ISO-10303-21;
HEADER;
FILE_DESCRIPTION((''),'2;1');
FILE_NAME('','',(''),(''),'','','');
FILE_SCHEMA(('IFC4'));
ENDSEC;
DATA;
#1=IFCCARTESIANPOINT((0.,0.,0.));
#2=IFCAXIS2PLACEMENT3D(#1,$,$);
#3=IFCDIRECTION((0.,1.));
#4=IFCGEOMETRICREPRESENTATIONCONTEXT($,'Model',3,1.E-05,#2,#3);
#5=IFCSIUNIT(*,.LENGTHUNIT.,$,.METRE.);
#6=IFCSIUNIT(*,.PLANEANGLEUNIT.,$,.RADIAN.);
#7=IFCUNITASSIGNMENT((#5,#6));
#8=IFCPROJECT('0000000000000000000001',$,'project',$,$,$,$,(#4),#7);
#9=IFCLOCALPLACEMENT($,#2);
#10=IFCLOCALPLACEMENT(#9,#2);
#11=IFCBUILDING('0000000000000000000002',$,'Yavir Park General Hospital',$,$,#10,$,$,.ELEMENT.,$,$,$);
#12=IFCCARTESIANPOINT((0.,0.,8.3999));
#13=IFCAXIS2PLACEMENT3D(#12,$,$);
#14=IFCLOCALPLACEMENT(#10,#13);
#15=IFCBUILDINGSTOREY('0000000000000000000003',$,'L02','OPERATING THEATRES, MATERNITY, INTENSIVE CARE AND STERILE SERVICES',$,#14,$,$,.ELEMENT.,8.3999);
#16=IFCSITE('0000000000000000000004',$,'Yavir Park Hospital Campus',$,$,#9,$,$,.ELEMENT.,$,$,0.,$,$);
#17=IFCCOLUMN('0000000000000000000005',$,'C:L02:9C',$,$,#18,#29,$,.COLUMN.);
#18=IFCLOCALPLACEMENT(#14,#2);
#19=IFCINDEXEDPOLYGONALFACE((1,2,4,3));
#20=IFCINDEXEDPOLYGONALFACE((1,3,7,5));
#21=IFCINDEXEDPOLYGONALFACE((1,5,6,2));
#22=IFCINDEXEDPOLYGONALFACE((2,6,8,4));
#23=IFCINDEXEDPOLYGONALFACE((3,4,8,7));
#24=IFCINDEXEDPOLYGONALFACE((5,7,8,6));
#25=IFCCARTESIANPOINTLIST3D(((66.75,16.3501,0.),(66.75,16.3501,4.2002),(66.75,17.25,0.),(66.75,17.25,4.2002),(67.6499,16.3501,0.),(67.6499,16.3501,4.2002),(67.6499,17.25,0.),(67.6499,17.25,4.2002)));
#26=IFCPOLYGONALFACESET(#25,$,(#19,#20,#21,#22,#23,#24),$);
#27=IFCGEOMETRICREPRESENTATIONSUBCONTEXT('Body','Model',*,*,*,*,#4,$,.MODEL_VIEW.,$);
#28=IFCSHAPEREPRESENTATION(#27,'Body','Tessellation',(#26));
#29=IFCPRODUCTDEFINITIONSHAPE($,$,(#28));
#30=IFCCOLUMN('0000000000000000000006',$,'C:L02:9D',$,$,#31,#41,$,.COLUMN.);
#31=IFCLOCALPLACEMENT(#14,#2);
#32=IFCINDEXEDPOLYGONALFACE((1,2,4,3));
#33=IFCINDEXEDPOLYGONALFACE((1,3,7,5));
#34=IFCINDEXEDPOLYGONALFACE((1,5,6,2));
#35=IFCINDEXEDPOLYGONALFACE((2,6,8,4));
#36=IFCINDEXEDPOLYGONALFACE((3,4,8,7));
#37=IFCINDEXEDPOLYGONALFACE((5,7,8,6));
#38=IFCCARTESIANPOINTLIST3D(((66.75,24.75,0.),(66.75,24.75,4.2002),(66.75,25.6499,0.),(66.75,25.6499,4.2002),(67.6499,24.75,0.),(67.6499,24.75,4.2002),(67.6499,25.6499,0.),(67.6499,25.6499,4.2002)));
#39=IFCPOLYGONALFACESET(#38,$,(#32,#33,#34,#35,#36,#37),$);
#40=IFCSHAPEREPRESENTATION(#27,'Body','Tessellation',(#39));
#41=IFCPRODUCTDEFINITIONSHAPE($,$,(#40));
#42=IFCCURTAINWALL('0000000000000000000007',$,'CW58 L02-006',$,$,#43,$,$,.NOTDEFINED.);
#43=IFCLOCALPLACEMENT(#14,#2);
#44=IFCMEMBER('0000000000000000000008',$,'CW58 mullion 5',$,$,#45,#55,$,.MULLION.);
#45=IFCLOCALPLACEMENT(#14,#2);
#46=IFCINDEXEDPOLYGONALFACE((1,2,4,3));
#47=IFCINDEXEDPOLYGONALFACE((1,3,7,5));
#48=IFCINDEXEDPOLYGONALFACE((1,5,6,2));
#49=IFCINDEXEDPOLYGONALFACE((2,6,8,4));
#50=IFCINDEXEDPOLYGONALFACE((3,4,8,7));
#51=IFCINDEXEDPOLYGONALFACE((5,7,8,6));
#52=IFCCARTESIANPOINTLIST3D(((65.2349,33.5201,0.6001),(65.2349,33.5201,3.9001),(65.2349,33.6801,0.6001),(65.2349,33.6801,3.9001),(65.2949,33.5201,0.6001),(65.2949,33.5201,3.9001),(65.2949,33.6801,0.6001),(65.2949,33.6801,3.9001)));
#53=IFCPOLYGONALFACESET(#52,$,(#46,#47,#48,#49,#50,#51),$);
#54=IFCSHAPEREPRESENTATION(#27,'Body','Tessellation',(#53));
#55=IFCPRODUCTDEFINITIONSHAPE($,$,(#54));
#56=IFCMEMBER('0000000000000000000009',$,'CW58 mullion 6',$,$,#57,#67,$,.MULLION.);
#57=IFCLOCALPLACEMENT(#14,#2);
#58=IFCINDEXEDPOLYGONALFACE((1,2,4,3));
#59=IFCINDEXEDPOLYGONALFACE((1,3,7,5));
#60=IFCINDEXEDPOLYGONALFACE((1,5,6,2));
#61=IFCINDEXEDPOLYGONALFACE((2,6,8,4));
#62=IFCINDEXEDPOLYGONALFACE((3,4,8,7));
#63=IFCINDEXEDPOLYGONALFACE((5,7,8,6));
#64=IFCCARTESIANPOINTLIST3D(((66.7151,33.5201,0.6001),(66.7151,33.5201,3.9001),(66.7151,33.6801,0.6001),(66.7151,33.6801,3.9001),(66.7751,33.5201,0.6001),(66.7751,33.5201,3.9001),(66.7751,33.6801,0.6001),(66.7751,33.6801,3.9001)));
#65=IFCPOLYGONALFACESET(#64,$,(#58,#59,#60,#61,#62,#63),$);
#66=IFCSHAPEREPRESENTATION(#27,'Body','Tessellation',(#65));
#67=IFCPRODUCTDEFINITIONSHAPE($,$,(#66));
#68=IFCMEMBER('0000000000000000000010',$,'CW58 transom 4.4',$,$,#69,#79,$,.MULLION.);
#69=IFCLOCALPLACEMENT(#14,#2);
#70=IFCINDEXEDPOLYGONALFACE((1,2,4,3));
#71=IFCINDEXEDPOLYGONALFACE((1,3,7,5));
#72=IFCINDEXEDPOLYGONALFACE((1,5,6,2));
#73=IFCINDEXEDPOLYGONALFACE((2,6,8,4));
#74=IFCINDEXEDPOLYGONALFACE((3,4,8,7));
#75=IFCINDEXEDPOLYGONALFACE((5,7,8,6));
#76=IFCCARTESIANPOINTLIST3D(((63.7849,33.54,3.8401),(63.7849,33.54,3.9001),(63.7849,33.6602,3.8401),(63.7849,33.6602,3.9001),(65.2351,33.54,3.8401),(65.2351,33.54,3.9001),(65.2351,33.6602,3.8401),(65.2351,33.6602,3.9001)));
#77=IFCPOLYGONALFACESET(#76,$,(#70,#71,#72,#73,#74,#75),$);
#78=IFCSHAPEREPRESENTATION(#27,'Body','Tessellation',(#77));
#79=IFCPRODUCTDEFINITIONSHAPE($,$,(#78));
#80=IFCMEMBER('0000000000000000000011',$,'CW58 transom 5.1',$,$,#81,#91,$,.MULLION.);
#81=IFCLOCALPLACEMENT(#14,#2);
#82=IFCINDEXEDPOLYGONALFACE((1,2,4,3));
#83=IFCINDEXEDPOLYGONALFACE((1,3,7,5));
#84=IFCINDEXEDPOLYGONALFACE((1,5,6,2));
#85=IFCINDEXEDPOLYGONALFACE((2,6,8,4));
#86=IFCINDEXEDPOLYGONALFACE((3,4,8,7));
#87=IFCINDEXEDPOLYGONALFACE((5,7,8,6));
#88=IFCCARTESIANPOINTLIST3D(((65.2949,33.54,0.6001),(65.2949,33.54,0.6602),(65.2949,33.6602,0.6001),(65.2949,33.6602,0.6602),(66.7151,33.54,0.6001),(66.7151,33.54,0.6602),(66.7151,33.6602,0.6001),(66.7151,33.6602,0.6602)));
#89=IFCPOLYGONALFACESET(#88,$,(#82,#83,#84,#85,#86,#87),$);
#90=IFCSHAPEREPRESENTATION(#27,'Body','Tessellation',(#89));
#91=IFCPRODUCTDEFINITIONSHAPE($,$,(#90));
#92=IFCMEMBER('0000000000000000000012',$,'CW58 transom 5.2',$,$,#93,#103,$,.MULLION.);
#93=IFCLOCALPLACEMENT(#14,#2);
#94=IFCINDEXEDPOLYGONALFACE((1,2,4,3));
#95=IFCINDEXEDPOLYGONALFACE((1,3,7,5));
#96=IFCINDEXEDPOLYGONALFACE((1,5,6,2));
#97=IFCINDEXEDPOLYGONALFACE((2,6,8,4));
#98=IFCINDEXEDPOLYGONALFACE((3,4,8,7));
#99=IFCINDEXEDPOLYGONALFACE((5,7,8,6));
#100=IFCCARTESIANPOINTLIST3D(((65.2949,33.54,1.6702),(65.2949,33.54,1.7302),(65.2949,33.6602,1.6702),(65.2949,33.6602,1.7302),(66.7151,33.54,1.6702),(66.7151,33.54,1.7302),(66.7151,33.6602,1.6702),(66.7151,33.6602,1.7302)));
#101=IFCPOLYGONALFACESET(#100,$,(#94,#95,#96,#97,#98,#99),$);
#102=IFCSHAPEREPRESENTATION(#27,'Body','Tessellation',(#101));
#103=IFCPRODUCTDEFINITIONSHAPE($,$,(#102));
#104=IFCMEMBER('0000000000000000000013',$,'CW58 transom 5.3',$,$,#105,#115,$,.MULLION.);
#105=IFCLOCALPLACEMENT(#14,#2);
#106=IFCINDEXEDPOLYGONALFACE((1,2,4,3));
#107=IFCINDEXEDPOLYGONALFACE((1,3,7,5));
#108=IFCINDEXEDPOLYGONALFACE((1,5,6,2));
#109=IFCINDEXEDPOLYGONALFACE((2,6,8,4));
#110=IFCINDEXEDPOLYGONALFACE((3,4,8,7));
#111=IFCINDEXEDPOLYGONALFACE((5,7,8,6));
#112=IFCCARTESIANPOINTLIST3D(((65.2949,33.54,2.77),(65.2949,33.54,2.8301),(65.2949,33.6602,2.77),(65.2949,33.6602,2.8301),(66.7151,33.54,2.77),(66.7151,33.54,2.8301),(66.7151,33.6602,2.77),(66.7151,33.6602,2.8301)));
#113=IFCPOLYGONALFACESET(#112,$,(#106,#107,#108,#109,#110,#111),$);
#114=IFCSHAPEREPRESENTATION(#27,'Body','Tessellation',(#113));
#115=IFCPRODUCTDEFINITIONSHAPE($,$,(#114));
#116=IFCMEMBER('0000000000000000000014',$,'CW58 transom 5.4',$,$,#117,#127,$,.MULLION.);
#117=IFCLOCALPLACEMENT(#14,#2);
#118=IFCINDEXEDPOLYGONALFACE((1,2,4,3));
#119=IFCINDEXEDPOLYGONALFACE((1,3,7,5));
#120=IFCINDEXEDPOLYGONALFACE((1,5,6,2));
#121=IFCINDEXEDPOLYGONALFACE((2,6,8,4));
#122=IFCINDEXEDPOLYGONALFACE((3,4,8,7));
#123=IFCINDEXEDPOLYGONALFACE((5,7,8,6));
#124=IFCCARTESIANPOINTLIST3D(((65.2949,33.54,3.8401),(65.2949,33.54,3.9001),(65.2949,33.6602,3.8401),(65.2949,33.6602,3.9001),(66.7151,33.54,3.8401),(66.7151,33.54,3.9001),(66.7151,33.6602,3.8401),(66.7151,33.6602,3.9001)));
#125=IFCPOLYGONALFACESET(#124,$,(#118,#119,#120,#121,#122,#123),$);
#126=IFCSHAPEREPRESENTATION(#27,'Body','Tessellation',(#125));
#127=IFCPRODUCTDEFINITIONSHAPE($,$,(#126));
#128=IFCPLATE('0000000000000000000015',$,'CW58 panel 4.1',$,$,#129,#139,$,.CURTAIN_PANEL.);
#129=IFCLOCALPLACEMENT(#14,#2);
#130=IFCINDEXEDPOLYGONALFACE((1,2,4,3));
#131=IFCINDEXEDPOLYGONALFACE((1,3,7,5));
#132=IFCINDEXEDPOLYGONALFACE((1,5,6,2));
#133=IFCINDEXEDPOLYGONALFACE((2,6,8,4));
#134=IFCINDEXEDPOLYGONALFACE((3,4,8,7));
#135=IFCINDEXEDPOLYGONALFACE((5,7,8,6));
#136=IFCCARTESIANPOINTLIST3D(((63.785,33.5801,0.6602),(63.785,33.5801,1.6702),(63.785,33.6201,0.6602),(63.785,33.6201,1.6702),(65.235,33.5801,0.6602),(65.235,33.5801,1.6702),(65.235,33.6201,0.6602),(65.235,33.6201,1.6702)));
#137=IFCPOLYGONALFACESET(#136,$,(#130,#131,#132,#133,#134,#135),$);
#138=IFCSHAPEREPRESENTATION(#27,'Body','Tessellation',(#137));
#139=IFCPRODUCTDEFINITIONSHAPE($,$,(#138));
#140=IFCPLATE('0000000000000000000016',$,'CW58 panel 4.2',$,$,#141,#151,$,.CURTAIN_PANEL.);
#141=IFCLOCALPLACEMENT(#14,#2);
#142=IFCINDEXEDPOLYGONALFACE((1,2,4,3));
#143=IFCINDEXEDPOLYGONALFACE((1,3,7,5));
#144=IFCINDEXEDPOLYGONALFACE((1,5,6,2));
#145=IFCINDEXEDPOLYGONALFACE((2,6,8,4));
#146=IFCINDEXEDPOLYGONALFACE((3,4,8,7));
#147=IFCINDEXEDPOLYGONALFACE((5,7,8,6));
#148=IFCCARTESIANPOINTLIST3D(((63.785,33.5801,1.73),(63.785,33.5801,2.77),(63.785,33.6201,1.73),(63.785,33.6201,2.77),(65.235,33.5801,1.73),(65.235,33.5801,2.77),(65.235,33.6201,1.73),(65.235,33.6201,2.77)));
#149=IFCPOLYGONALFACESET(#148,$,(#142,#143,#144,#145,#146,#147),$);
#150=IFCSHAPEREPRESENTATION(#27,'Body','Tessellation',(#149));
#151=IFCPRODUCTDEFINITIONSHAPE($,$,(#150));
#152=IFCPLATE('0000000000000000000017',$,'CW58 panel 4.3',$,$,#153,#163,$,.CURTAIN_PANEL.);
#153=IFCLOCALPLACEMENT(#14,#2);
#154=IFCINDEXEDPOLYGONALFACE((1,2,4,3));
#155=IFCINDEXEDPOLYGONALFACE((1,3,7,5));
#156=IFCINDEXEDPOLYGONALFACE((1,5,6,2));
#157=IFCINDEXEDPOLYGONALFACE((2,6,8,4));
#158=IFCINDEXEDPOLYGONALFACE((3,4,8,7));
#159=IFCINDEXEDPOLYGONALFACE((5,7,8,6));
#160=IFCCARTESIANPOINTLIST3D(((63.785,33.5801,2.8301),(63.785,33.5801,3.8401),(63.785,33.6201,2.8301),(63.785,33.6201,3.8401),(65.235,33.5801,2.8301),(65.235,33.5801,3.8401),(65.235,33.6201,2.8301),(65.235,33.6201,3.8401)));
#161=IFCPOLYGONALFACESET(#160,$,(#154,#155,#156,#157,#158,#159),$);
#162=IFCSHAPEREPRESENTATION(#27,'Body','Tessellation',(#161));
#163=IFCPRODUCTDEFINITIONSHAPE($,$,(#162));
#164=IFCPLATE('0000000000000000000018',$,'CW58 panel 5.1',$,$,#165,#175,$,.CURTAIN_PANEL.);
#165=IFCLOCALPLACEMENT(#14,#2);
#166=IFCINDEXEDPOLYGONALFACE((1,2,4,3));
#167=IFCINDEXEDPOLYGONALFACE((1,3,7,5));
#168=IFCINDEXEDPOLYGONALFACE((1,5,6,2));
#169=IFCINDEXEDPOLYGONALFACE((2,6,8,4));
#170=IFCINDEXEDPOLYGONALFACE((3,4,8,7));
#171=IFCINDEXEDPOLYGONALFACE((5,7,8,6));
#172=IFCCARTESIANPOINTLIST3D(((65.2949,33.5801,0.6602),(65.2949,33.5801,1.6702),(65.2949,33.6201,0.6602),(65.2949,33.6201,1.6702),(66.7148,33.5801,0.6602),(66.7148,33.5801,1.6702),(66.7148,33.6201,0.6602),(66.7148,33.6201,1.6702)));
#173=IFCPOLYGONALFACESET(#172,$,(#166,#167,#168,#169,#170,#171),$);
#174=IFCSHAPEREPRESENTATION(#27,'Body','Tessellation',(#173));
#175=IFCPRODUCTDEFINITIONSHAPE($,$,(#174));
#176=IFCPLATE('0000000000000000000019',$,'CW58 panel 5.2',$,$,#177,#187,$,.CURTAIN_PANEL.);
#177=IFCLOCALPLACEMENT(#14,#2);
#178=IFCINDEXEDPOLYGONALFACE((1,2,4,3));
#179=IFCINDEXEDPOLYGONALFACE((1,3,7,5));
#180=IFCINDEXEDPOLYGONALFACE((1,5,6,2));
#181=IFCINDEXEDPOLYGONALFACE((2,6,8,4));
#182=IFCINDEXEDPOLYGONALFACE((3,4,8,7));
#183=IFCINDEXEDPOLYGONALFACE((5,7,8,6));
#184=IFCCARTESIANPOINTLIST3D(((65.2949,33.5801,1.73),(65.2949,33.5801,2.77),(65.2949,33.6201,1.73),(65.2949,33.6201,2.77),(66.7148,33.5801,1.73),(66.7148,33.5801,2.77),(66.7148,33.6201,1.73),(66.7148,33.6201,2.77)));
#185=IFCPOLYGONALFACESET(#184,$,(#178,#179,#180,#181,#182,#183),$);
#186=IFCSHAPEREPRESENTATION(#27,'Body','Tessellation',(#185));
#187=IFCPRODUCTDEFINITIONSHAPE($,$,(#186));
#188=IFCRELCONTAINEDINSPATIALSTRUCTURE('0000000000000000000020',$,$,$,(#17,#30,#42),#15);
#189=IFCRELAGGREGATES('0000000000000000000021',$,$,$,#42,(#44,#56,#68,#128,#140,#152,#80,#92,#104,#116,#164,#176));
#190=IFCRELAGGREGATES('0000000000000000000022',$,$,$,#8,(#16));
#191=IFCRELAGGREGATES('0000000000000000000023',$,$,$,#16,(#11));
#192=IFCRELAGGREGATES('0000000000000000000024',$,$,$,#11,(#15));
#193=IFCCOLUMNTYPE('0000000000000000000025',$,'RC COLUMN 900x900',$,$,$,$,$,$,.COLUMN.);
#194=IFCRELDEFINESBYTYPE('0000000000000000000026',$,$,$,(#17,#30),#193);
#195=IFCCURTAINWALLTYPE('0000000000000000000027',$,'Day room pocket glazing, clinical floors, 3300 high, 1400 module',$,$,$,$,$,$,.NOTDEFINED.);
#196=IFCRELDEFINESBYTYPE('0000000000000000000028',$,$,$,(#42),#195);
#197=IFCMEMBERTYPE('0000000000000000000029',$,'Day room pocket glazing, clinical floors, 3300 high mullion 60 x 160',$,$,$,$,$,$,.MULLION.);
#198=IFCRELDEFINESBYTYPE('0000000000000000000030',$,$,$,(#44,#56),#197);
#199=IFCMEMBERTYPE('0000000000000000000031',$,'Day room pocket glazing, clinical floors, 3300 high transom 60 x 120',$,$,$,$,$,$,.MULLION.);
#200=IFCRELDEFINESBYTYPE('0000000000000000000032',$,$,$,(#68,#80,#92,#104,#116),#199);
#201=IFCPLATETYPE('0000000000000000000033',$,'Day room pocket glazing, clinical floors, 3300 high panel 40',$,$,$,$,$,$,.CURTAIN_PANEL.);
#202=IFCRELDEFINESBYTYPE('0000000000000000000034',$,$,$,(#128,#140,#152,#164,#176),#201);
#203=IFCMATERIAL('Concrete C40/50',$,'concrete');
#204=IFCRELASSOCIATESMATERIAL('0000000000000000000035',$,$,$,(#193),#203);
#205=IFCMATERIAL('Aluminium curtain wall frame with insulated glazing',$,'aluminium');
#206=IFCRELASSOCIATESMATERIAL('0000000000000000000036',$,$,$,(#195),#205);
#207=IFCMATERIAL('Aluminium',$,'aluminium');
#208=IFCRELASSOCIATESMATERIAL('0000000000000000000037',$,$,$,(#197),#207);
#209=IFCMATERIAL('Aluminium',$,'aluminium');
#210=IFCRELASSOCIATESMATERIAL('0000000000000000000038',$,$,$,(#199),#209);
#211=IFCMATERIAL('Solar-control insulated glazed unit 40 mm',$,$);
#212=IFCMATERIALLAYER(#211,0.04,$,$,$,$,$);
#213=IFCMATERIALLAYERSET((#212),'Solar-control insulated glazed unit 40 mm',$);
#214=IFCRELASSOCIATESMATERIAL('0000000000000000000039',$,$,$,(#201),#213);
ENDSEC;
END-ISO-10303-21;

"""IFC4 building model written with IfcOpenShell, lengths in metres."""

from ifc_helpers import new_model, si_unit, direction, frame, origin, origin_2d, place, context, subcontext, project, spatial, rectangle, extrude, material, layer, layer_set, material_profile, profile_set, type_object, element, aggregate, save


model = new_model("IFC4")

# Units and contexts
model_context = context("Model", 3, precision=1e-05, world=origin(), true_north=direction((0.0, 1.0)))
body_context = subcontext(model_context, "Body", "Model", "MODEL_VIEW")
ifc_project = project(units=[si_unit("LENGTHUNIT", "METRE"), si_unit("PLANEANGLEUNIT", "RADIAN")], contexts=[model_context])

# Site, building, storey
site_placement = place(None, origin())
site = spatial("IfcSite", under=ifc_project, at=site_placement, Name="Yavir Park Hospital Campus", CompositionType="ELEMENT", RefElevation=0.0)
building_placement = place(site_placement, origin())
building = spatial("IfcBuilding", under=site, at=building_placement, Name="Yavir Park General Hospital", CompositionType="ELEMENT")
storey_placement = place(building_placement, frame((0.0, 0.0, 8.3999)))
storey = spatial("IfcBuildingStorey", under=building, at=storey_placement, Name="L02", Description="OPERATING THEATRES, MATERNITY, INTENSIVE CARE AND STERILE SERVICES", CompositionType="ELEMENT", Elevation=8.3999)

# Columns
ifc_material_1 = material(Name="Concrete C40/50", Category="concrete")
ifc_material_profile_1 = material_profile(ifc_material_1, rectangle(XDim=0.8999, YDim=0.8999, at=origin_2d()), Name="RC900x900")
ifc_profile_set_1 = profile_set([ifc_material_profile_1], Name="Concrete C40/50")
column_type = type_object("IfcColumnType", Name="RC COLUMN 900x900", PredefinedType="COLUMN", material=ifc_profile_set_1)
for number, where, z_axis, x_axis, name in (
    (1, (67.2, 16.8, 0.0), (0.0, 0.0, 1.0), (1.0, 0.0, 0.0), "C:L02:9C"),
    (2, (67.2, 25.2, 0.0), (0.0, 0.0, 1.0), (1.0, 0.0, 0.0), "C:L02:9D"),
):
    element("IfcColumn", number, at=place(storey_placement, frame(where, z_axis=z_axis, x_axis=x_axis)), inside=storey, type_object=column_type, Name=name, PredefinedType="COLUMN", context=body_context, shape_type="SweptSolid", body=[
        extrude(rectangle(XDim=0.8999, YDim=0.8999, at=origin_2d()), origin(), (0.0, 0.0, 1.0), 4.2002),
    ])

# Curtain wall, members, plates
ifc_material_2 = material(Name="Aluminium curtain wall frame with insulated glazing", Category="aluminium")
curtain_wall_type = type_object("IfcCurtainWallType", Name="Day room pocket glazing, clinical floors, 3300 high, 1400 module", PredefinedType="NOTDEFINED", material=ifc_material_2)
curtain_wall_placement = place(storey_placement, origin())
curtain_wall = element("IfcCurtainWall", 3, at=curtain_wall_placement, inside=storey, type_object=curtain_wall_type, Name="CW58 L02-006", PredefinedType="NOTDEFINED")
ifc_material_3 = material(Name="Aluminium", Category="aluminium")
ifc_material_profile_2 = material_profile(ifc_material_3, rectangle(XDim=0.1599, YDim=0.0601, at=origin_2d()), Name="AL 60x160")
ifc_profile_set_2 = profile_set([ifc_material_profile_2], Name="Aluminium")
member_type_1 = type_object("IfcMemberType", Name="Day room pocket glazing, clinical floors, 3300 high mullion 60 x 160", PredefinedType="MULLION", material=ifc_profile_set_2)
member_1_placement = place(storey_placement, frame((65.2649, 33.6001, 0.6001), z_axis=(0.0, 0.0, 1.0), x_axis=(0.0, 1.0, 0.0)))
member_1 = element("IfcMember", 4, at=member_1_placement, type_object=member_type_1, Name="CW58 mullion 5", PredefinedType="MULLION", context=body_context, shape_type="SweptSolid", body=[
    extrude(rectangle(XDim=0.1599, YDim=0.0601, at=origin_2d()), origin(), (0.0, 0.0, 1.0), 3.3),
])
member_2_placement = place(storey_placement, frame((66.7451, 33.6001, 0.6001), z_axis=(0.0, 0.0, 1.0), x_axis=(0.0, 1.0, 0.0)))
member_2 = element("IfcMember", 5, at=member_2_placement, type_object=member_type_1, Name="CW58 mullion 6", PredefinedType="MULLION", context=body_context, shape_type="SweptSolid", body=[
    extrude(rectangle(XDim=0.1599, YDim=0.0601, at=origin_2d()), origin(), (0.0, 0.0, 1.0), 3.3),
])
ifc_material_4 = material(Name="Aluminium", Category="aluminium")
ifc_material_profile_3 = material_profile(ifc_material_4, rectangle(XDim=0.1201, YDim=0.0601, at=origin_2d()), Name="AL 120x60")
ifc_profile_set_3 = profile_set([ifc_material_profile_3], Name="Aluminium")
member_type_2 = type_object("IfcMemberType", Name="Day room pocket glazing, clinical floors, 3300 high transom 60 x 120", PredefinedType="MULLION", material=ifc_profile_set_3)
member_3_placement = place(storey_placement, frame((63.7849, 33.6001, 3.8701), z_axis=(1.0, 0.0, 0.0), x_axis=(0.0, 1.0, 0.0)))
member_3 = element("IfcMember", 6, at=member_3_placement, type_object=member_type_2, Name="CW58 transom 4.4", PredefinedType="MULLION", context=body_context, shape_type="SweptSolid", body=[
    extrude(rectangle(XDim=0.1201, YDim=0.0601, at=origin_2d()), origin(), (0.0, 0.0, 1.0), 1.4502),
])
member_4_placement = place(storey_placement, frame((65.2949, 33.6001, 0.6301), z_axis=(1.0, 0.0, 0.0), x_axis=(0.0, 1.0, 0.0)))
member_4 = element("IfcMember", 7, at=member_4_placement, type_object=member_type_2, Name="CW58 transom 5.1", PredefinedType="MULLION", context=body_context, shape_type="SweptSolid", body=[
    extrude(rectangle(XDim=0.1201, YDim=0.0601, at=origin_2d()), origin(), (0.0, 0.0, 1.0), 1.4202),
])
member_5_placement = place(storey_placement, frame((65.2949, 33.6001, 1.7002), z_axis=(1.0, 0.0, 0.0), x_axis=(0.0, 1.0, 0.0)))
member_5 = element("IfcMember", 8, at=member_5_placement, type_object=member_type_2, Name="CW58 transom 5.2", PredefinedType="MULLION", context=body_context, shape_type="SweptSolid", body=[
    extrude(rectangle(XDim=0.1201, YDim=0.0601, at=origin_2d()), origin(), (0.0, 0.0, 1.0), 1.4202),
])
member_6_placement = place(storey_placement, frame((65.2949, 33.6001, 2.8), z_axis=(1.0, 0.0, 0.0), x_axis=(0.0, 1.0, 0.0)))
member_6 = element("IfcMember", 9, at=member_6_placement, type_object=member_type_2, Name="CW58 transom 5.3", PredefinedType="MULLION", context=body_context, shape_type="SweptSolid", body=[
    extrude(rectangle(XDim=0.1201, YDim=0.0601, at=origin_2d()), origin(), (0.0, 0.0, 1.0), 1.4202),
])
member_7_placement = place(storey_placement, frame((65.2949, 33.6001, 3.8701), z_axis=(1.0, 0.0, 0.0), x_axis=(0.0, 1.0, 0.0)))
member_7 = element("IfcMember", 10, at=member_7_placement, type_object=member_type_2, Name="CW58 transom 5.4", PredefinedType="MULLION", context=body_context, shape_type="SweptSolid", body=[
    extrude(rectangle(XDim=0.1201, YDim=0.0601, at=origin_2d()), origin(), (0.0, 0.0, 1.0), 1.4202),
])
ifc_material_5 = material(Name="Solar-control insulated glazed unit 40 mm")
ifc_layer_1 = layer(ifc_material_5, 0.04)
ifc_layer_set_1 = layer_set([ifc_layer_1], Name="Solar-control insulated glazed unit 40 mm")
plate_type = type_object("IfcPlateType", Name="Day room pocket glazing, clinical floors, 3300 high panel 40", PredefinedType="CURTAIN_PANEL", material=ifc_layer_set_1)
plate_1_placement = place(storey_placement, frame((64.51, 33.6001, 0.6602), z_axis=(0.0, 0.0, 1.0), x_axis=(1.0, 0.0, 0.0)))
plate_1 = element("IfcPlate", 11, at=plate_1_placement, type_object=plate_type, Name="CW58 panel 4.1", PredefinedType="CURTAIN_PANEL", context=body_context, shape_type="SweptSolid", body=[
    extrude(rectangle(XDim=1.45, YDim=0.04, at=origin_2d()), origin(), (0.0, 0.0, 1.0), 1.01),
])
plate_2_placement = place(storey_placement, frame((64.51, 33.6001, 1.73), z_axis=(0.0, 0.0, 1.0), x_axis=(1.0, 0.0, 0.0)))
plate_2 = element("IfcPlate", 12, at=plate_2_placement, type_object=plate_type, Name="CW58 panel 4.2", PredefinedType="CURTAIN_PANEL", context=body_context, shape_type="SweptSolid", body=[
    extrude(rectangle(XDim=1.45, YDim=0.04, at=origin_2d()), origin(), (0.0, 0.0, 1.0), 1.04),
])
plate_3_placement = place(storey_placement, frame((64.51, 33.6001, 2.8301), z_axis=(0.0, 0.0, 1.0), x_axis=(1.0, 0.0, 0.0)))
plate_3 = element("IfcPlate", 13, at=plate_3_placement, type_object=plate_type, Name="CW58 panel 4.3", PredefinedType="CURTAIN_PANEL", context=body_context, shape_type="SweptSolid", body=[
    extrude(rectangle(XDim=1.45, YDim=0.04, at=origin_2d()), origin(), (0.0, 0.0, 1.0), 1.01),
])
plate_4_placement = place(storey_placement, frame((66.0049, 33.6001, 0.6602), z_axis=(0.0, 0.0, 1.0), x_axis=(1.0, 0.0, 0.0)))
plate_4 = element("IfcPlate", 14, at=plate_4_placement, type_object=plate_type, Name="CW58 panel 5.1", PredefinedType="CURTAIN_PANEL", context=body_context, shape_type="SweptSolid", body=[
    extrude(rectangle(XDim=1.4199, YDim=0.04, at=origin_2d()), origin(), (0.0, 0.0, 1.0), 1.01),
])
plate_5_placement = place(storey_placement, frame((66.0049, 33.6001, 1.73), z_axis=(0.0, 0.0, 1.0), x_axis=(1.0, 0.0, 0.0)))
plate_5 = element("IfcPlate", 15, at=plate_5_placement, type_object=plate_type, Name="CW58 panel 5.2", PredefinedType="CURTAIN_PANEL", context=body_context, shape_type="SweptSolid", body=[
    extrude(rectangle(XDim=1.4199, YDim=0.04, at=origin_2d()), origin(), (0.0, 0.0, 1.0), 1.04),
])
aggregate(curtain_wall, [member_1, member_2, member_3, plate_1, plate_2, plate_3, member_4, member_5, member_6, member_7, plate_4, plate_5])

save(model, "model.ifc")
